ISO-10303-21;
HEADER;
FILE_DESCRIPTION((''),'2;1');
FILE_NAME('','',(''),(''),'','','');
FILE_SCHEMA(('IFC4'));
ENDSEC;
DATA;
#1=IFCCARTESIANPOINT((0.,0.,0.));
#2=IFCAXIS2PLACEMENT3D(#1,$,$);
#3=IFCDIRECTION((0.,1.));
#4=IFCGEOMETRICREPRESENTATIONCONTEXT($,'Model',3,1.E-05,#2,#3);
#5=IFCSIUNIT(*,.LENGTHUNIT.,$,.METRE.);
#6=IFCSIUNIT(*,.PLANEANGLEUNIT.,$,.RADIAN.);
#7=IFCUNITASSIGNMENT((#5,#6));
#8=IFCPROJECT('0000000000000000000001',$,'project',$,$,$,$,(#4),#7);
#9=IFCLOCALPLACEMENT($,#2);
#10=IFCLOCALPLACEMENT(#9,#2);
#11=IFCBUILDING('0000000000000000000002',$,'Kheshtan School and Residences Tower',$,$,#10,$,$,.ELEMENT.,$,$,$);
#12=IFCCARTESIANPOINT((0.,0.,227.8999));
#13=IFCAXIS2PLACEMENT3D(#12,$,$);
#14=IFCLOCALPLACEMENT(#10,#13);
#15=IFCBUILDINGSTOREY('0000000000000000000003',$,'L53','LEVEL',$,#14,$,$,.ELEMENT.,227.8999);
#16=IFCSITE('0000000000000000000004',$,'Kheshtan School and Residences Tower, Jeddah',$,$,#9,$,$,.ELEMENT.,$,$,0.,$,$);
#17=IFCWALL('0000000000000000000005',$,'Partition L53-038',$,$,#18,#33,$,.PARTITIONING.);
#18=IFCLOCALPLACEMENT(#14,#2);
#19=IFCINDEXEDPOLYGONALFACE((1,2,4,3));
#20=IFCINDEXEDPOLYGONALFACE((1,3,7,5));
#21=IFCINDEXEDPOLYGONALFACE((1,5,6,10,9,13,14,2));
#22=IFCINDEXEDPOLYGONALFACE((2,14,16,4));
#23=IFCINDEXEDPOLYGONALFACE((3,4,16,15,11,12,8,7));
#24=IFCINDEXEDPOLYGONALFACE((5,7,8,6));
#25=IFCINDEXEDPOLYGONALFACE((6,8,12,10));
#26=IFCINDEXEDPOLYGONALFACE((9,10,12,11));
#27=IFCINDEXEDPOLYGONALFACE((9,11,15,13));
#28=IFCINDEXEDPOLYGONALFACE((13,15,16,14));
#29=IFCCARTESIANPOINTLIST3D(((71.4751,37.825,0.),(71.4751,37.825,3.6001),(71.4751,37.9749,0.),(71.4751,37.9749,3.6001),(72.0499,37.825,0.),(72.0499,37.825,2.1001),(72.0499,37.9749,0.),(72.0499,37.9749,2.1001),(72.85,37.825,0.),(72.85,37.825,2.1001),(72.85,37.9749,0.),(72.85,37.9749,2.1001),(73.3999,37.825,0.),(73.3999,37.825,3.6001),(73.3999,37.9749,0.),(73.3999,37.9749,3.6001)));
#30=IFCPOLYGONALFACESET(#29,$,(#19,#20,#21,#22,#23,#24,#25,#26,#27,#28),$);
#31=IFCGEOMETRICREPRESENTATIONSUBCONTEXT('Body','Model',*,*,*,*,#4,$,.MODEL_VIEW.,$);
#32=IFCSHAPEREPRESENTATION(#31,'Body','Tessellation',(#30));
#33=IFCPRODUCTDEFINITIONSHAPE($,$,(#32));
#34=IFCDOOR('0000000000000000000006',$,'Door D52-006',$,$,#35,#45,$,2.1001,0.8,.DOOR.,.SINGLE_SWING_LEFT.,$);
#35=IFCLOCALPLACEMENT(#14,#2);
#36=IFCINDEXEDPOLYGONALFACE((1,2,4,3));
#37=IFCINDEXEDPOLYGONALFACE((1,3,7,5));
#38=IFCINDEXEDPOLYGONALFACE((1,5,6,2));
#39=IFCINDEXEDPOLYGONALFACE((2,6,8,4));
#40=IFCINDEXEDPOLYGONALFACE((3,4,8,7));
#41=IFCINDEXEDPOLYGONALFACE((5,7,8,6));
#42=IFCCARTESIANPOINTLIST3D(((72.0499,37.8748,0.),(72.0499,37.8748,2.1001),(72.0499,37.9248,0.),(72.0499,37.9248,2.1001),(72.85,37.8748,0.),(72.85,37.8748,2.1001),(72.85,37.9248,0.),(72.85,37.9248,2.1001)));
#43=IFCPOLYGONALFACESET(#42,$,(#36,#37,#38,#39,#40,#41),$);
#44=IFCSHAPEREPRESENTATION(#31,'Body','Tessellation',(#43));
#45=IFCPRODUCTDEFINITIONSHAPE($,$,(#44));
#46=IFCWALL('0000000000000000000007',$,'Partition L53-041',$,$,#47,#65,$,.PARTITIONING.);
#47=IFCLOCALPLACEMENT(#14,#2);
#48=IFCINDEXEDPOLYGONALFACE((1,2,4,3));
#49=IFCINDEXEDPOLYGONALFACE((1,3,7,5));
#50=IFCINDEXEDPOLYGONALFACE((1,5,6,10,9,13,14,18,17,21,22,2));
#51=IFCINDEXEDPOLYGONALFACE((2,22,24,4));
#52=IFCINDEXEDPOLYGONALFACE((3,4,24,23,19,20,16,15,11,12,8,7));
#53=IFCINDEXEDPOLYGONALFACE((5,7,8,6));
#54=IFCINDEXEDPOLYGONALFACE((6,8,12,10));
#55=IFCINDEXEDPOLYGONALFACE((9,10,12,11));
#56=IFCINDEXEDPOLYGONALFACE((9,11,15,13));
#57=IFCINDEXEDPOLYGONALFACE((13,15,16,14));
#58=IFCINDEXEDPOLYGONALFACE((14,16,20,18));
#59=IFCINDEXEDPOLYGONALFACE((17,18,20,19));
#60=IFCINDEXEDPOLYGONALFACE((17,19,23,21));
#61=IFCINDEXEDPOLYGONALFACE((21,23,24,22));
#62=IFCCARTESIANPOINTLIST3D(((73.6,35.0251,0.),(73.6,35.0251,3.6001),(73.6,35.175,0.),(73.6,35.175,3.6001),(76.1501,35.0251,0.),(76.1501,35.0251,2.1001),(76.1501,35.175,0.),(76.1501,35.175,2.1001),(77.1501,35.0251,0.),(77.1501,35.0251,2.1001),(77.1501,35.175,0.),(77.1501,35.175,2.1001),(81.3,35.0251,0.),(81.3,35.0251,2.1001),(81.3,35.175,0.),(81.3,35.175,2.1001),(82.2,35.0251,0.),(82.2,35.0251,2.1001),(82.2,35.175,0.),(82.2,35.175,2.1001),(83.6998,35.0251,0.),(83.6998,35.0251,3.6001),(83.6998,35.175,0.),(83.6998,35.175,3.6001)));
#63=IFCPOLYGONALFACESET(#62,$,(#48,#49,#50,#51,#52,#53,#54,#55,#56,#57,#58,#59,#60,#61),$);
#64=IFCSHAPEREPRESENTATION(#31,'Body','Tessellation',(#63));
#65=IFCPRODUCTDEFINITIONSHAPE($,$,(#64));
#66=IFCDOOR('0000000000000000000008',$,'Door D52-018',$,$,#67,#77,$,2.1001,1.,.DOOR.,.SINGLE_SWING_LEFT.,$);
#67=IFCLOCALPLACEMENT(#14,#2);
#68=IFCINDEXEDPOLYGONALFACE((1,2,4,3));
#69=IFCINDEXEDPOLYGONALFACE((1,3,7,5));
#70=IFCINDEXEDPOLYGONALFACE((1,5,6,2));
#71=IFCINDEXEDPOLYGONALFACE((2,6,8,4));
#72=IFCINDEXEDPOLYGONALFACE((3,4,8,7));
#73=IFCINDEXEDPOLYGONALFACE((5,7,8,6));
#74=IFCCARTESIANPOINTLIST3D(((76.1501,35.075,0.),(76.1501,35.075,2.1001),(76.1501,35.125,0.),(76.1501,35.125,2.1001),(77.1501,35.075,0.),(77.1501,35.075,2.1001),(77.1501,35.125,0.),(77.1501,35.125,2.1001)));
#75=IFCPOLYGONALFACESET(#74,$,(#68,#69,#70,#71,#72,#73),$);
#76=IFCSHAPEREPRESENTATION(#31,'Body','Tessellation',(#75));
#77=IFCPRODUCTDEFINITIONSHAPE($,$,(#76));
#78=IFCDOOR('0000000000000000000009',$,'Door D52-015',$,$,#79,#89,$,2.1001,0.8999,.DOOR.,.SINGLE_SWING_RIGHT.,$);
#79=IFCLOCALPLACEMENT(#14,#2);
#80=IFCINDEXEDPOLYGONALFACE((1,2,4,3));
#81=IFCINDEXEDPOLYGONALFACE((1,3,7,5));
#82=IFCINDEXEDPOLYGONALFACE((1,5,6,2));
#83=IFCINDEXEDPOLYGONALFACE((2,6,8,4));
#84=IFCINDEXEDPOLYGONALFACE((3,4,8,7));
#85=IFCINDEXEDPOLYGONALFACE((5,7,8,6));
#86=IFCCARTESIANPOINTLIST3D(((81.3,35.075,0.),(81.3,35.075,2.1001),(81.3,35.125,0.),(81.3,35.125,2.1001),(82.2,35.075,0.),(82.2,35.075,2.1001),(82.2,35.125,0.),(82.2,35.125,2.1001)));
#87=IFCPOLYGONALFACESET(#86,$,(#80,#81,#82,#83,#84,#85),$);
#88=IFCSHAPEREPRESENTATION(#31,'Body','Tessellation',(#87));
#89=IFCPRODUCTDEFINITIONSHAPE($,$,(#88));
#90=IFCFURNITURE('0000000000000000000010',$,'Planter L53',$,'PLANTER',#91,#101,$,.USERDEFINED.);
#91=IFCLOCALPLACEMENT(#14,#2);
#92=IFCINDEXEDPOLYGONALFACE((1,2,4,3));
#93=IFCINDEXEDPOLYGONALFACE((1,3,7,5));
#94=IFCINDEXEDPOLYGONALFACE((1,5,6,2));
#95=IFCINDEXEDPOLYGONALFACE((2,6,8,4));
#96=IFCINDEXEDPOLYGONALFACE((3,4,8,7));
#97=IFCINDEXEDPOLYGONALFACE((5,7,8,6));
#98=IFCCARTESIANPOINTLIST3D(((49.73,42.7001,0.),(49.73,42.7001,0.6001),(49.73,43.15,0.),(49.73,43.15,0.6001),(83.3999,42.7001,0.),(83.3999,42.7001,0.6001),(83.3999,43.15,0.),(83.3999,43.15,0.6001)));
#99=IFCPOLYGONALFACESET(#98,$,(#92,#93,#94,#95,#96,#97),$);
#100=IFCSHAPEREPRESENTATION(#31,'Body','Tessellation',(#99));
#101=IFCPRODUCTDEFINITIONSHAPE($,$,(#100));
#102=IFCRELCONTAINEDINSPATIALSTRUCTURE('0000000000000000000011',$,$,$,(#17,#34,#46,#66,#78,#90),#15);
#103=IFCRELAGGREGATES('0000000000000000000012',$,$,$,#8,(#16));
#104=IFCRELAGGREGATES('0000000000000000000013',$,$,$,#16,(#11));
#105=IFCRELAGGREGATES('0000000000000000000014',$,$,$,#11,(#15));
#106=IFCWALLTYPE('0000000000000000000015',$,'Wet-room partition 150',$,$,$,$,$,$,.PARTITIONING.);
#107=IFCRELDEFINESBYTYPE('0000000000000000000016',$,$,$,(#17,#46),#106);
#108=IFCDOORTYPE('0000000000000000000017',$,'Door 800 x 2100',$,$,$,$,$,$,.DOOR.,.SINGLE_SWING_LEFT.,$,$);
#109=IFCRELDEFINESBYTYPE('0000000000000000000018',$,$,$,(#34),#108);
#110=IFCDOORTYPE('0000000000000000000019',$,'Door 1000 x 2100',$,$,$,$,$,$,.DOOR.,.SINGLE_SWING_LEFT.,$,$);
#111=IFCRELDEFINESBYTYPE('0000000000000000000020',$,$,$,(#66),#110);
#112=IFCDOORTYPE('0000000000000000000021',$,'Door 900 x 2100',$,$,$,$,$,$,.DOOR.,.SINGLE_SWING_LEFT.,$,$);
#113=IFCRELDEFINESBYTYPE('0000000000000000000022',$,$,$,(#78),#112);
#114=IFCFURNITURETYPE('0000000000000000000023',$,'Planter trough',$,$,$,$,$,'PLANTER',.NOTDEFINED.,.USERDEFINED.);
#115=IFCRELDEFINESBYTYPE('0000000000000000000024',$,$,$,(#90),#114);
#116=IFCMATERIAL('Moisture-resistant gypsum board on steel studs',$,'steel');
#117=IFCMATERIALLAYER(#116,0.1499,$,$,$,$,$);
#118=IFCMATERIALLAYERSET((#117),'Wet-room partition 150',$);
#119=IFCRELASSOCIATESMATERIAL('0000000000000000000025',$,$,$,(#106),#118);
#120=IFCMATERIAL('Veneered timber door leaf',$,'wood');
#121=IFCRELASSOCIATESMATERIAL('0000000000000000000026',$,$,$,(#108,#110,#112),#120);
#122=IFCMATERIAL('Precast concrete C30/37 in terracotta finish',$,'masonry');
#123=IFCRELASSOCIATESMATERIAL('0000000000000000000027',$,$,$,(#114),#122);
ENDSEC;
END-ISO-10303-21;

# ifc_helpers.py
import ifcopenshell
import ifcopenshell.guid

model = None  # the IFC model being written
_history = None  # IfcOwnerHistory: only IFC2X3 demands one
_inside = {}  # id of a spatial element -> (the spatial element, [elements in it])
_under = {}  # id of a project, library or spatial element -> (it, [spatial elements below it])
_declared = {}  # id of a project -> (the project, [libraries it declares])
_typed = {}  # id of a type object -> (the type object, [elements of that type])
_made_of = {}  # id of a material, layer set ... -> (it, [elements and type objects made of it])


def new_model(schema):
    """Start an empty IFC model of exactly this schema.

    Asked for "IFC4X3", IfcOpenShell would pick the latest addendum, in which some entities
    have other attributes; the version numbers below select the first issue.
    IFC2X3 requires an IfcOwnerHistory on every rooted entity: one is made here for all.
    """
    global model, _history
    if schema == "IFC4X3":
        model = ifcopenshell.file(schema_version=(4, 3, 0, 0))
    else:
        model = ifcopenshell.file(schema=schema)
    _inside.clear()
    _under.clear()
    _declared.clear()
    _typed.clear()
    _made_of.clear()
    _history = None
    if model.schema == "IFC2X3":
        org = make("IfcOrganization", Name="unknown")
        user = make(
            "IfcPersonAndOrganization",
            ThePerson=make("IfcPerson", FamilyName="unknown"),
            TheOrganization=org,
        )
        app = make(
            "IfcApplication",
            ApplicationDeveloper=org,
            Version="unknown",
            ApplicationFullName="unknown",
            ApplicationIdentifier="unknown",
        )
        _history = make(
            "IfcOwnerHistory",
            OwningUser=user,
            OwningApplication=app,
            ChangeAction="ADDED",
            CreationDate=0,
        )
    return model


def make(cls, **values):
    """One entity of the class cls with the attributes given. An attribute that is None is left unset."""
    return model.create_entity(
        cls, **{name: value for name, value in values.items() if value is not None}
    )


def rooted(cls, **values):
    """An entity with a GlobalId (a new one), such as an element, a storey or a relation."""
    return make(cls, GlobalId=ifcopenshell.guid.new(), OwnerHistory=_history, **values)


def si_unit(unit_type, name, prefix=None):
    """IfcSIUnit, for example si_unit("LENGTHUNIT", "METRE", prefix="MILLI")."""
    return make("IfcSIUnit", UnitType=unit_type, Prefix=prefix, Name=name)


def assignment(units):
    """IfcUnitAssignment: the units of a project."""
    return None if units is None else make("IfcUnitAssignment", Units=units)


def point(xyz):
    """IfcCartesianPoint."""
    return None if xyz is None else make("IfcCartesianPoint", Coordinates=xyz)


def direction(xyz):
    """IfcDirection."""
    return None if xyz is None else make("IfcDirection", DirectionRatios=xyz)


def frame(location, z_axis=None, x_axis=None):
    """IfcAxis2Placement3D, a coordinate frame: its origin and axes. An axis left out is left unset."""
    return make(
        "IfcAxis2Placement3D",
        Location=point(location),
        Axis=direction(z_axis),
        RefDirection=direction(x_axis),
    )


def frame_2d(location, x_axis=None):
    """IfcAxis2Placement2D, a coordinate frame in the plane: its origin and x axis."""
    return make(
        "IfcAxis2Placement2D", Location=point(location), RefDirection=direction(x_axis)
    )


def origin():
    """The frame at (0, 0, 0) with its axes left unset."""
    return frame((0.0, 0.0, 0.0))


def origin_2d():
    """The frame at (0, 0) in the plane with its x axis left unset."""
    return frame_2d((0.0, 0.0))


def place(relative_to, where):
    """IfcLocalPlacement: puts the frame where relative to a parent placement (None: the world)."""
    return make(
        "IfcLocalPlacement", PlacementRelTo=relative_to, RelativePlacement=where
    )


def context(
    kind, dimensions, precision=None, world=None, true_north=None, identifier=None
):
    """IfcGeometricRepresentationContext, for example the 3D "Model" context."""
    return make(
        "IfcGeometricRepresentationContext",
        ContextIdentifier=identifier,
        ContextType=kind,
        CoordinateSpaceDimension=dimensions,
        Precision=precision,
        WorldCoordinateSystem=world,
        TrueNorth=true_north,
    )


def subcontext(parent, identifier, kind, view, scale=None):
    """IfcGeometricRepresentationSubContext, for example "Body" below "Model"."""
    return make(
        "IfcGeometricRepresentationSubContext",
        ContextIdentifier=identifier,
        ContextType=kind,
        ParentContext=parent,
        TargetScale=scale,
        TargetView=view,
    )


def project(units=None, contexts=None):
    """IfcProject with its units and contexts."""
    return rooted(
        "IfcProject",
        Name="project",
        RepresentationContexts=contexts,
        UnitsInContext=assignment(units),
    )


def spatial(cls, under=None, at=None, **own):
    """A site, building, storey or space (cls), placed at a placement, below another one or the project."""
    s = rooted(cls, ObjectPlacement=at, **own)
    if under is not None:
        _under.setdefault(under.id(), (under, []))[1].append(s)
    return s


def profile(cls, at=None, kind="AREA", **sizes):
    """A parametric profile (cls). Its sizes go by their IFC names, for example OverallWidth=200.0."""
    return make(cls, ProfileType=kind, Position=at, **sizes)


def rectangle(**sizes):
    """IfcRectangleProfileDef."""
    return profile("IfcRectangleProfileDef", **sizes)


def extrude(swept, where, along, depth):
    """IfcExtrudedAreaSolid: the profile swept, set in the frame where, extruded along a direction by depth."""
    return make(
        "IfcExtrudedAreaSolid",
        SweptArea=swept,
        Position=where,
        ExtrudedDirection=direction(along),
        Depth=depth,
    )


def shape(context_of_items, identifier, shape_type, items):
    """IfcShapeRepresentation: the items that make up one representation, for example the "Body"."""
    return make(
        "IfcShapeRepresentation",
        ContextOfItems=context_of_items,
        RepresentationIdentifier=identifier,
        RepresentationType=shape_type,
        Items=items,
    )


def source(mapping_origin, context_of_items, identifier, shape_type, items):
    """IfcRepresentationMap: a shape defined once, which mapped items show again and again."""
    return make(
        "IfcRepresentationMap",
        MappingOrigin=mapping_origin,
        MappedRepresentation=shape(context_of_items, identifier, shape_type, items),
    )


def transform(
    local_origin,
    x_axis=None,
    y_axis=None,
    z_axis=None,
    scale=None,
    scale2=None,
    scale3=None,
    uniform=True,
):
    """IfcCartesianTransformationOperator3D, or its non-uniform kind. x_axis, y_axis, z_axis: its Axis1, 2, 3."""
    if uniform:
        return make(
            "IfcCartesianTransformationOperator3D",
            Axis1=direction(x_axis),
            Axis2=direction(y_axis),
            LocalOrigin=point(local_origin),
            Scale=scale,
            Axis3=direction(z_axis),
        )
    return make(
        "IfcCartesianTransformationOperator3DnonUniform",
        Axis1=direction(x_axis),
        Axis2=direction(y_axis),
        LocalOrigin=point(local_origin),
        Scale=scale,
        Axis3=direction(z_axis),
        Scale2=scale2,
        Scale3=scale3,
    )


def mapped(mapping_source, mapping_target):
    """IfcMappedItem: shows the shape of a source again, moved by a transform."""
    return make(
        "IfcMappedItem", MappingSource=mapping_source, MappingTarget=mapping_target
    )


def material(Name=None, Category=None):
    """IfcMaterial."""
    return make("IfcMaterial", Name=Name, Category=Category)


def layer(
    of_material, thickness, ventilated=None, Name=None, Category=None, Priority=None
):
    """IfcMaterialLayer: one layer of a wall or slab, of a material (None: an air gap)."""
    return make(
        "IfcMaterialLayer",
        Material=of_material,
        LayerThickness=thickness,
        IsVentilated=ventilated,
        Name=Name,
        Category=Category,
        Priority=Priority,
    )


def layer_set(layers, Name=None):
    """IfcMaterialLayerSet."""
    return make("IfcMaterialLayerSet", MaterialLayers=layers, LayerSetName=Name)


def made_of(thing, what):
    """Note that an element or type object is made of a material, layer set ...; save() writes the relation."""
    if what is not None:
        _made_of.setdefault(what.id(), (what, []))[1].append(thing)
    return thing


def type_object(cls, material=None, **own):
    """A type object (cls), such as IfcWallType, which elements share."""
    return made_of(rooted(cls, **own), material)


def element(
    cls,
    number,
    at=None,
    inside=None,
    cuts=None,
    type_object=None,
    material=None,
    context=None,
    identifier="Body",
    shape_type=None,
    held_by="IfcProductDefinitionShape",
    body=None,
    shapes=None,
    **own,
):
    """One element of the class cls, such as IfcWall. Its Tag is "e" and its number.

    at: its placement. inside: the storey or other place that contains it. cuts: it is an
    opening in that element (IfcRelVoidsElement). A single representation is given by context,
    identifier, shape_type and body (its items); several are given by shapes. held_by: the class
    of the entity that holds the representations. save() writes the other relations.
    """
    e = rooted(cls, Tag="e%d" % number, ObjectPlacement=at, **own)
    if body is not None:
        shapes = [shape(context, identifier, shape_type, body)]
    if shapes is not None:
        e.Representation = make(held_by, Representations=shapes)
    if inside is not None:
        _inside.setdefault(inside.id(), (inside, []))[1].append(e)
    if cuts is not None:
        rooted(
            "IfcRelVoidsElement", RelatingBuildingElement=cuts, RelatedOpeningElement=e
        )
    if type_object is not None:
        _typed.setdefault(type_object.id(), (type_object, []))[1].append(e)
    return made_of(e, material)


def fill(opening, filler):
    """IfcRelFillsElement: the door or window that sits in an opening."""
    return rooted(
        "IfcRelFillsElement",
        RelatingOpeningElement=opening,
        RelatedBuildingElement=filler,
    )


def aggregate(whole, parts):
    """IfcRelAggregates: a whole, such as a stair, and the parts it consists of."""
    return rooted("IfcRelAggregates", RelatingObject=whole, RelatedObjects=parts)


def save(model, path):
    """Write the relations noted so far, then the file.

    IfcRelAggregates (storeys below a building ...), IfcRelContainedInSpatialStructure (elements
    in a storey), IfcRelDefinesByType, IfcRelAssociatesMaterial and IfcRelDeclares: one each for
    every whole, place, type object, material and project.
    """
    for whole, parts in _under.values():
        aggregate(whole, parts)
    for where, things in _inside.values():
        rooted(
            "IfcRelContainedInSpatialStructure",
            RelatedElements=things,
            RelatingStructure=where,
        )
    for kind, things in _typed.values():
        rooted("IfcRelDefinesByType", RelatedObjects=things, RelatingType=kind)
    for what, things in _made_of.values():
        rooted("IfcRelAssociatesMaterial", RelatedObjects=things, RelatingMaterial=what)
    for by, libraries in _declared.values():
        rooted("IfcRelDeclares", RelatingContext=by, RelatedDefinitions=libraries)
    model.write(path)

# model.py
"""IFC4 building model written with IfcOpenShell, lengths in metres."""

from ifc_helpers import new_model, si_unit, direction, frame, frame_2d, origin, origin_2d, place, context, subcontext, project, spatial, rectangle, extrude, source, transform, mapped, material, layer, layer_set, type_object, element, fill, save


model = new_model("IFC4")

# Units and contexts
model_context = context("Model", 3, precision=1e-05, world=origin(), true_north=direction((0.0, 1.0)))
body_context = subcontext(model_context, "Body", "Model", "MODEL_VIEW")
ifc_project = project(units=[si_unit("LENGTHUNIT", "METRE"), si_unit("PLANEANGLEUNIT", "RADIAN")], contexts=[model_context])

# Site, building, storey
site_placement = place(None, origin())
site = spatial("IfcSite", under=ifc_project, at=site_placement, Name="Kheshtan School and Residences Tower, Jeddah", CompositionType="ELEMENT", RefElevation=0.0)
building_placement = place(site_placement, origin())
building = spatial("IfcBuilding", under=site, at=building_placement, Name="Kheshtan School and Residences Tower", CompositionType="ELEMENT")
storey_placement = place(building_placement, frame((0.0, 0.0, 227.8999)))
storey = spatial("IfcBuildingStorey", under=building, at=storey_placement, Name="L53", Description="LEVEL", CompositionType="ELEMENT", Elevation=227.8999)

# Shared definitions
ifc_material_1 = material(Name="Moisture-resistant gypsum board on steel studs", Category="steel")
ifc_layer_1 = layer(ifc_material_1, 0.1499)
ifc_layer_set_1 = layer_set([ifc_layer_1], Name="Wet-room partition 150")
wall_type_1 = type_object("IfcWallType", Name="Wet-room partition 150", PredefinedType="PARTITIONING", material=ifc_layer_set_1)

# Wall, opening, door
wall_1_placement = place(storey_placement, frame((71.4751, 37.8999, 0.0), z_axis=(0.0, 0.0, 1.0), x_axis=(1.0, 0.0, 0.0)))
wall_1 = element("IfcWall", 1, at=wall_1_placement, inside=storey, type_object=wall_type_1, Name="Partition L53-038", PredefinedType="PARTITIONING", context=body_context, shape_type="SweptSolid", body=[
    extrude(rectangle(XDim=1.9248, YDim=0.1499, at=frame_2d((0.9624, 0.0))), origin(), (0.0, 0.0, 1.0), 3.6001),
])
opening_1_placement = place(wall_1_placement, frame((0.575, 0.0, 0.0)))
opening_1 = element("IfcOpeningElement", 2, at=opening_1_placement, cuts=wall_1, PredefinedType="OPENING", context=body_context, shape_type="SweptSolid", body=[
    extrude(rectangle(XDim=0.8, YDim=2.1001, at=frame_2d((0.3999, 1.05))), frame((0.0, 0.085, 0.0), z_axis=(0.0, -1.0, 0.0), x_axis=(1.0, 0.0, 0.0)), (0.0, 0.0, 1.0), 0.1699),
])
ifc_material_2 = material(Name="Veneered timber door leaf", Category="wood")
door_type_1 = type_object("IfcDoorType", Name="Door 800 x 2100", OperationType="SINGLE_SWING_LEFT", PredefinedType="DOOR", material=ifc_material_2)
shared_shape_1 = source(origin(), body_context, "Body", "SweptSolid", [
    extrude(rectangle(XDim=0.8, YDim=2.1001, at=frame_2d((0.3999, 1.05))), frame((0.0, 0.0249, 0.0), z_axis=(0.0, -1.0, 0.0), x_axis=(1.0, 0.0, 0.0)), (0.0, 0.0, 1.0), 0.05),
])
door_1_placement = place(opening_1_placement, origin())
door_1 = element("IfcDoor", 3, at=door_1_placement, inside=storey, type_object=door_type_1, Name="Door D52-006", OperationType="SINGLE_SWING_LEFT", OverallHeight=2.1001, OverallWidth=0.8, PredefinedType="DOOR", context=body_context, shape_type="MappedRepresentation", body=[
    mapped(shared_shape_1, transform((0.0, 0.0, 0.0), x_axis=(1.0, 0.0, 0.0), y_axis=(0.0, 1.0, 0.0), z_axis=(0.0, 0.0, 1.0), scale=1.0)),
])
fill(opening_1, door_1)

# Wall, openings, doors
wall_2_placement = place(storey_placement, frame((73.6001, 35.1001, 0.0), z_axis=(0.0, 0.0, 1.0), x_axis=(1.0, 0.0, 0.0)))
wall_2 = element("IfcWall", 4, at=wall_2_placement, inside=storey, type_object=wall_type_1, Name="Partition L53-041", PredefinedType="PARTITIONING", context=body_context, shape_type="SweptSolid", body=[
    extrude(rectangle(XDim=10.0999, YDim=0.1499, at=frame_2d((5.0498, 0.0))), origin(), (0.0, 0.0, 1.0), 3.6001),
])
opening_2_placement = place(wall_2_placement, frame((7.7, 0.0, 0.0)))
opening_2 = element("IfcOpeningElement", 5, at=opening_2_placement, cuts=wall_2, PredefinedType="OPENING", context=body_context, shape_type="SweptSolid", body=[
    extrude(rectangle(XDim=0.8999, YDim=2.1001, at=frame_2d((0.45, 1.05))), frame((0.0, 0.085, 0.0), z_axis=(0.0, -1.0, 0.0), x_axis=(1.0, 0.0, 0.0)), (0.0, 0.0, 1.0), 0.1699),
])
opening_3_placement = place(wall_2_placement, frame((2.55, 0.0, 0.0)))
opening_3 = element("IfcOpeningElement", 6, at=opening_3_placement, cuts=wall_2, PredefinedType="OPENING", context=body_context, shape_type="SweptSolid", body=[
    extrude(rectangle(XDim=1.0, YDim=2.1001, at=frame_2d((0.5, 1.05))), frame((0.0, 0.085, 0.0), z_axis=(0.0, -1.0, 0.0), x_axis=(1.0, 0.0, 0.0)), (0.0, 0.0, 1.0), 0.1699),
])
door_type_2 = type_object("IfcDoorType", Name="Door 1000 x 2100", OperationType="SINGLE_SWING_LEFT", PredefinedType="DOOR", material=ifc_material_2)
shared_shape_2 = source(origin(), body_context, "Body", "SweptSolid", [
    extrude(rectangle(XDim=1.0, YDim=2.1001, at=frame_2d((0.5, 1.05))), frame((0.0, 0.0249, 0.0), z_axis=(0.0, -1.0, 0.0), x_axis=(1.0, 0.0, 0.0)), (0.0, 0.0, 1.0), 0.05),
])
door_2_placement = place(opening_3_placement, origin())
door_2 = element("IfcDoor", 7, at=door_2_placement, inside=storey, type_object=door_type_2, Name="Door D52-018", OperationType="SINGLE_SWING_LEFT", OverallHeight=2.1001, OverallWidth=1.0, PredefinedType="DOOR", context=body_context, shape_type="MappedRepresentation", body=[
    mapped(shared_shape_2, transform((0.0, 0.0, 0.0), x_axis=(1.0, 0.0, 0.0), y_axis=(0.0, 1.0, 0.0), z_axis=(0.0, 0.0, 1.0), scale=1.0)),
])
fill(opening_3, door_2)
door_type_3 = type_object("IfcDoorType", Name="Door 900 x 2100", OperationType="SINGLE_SWING_LEFT", PredefinedType="DOOR", material=ifc_material_2)
shared_shape_3 = source(origin(), body_context, "Body", "SweptSolid", [
    extrude(rectangle(XDim=0.8999, YDim=2.1001, at=frame_2d((0.45, 1.05))), frame((0.0, 0.0249, 0.0), z_axis=(0.0, -1.0, 0.0), x_axis=(1.0, 0.0, 0.0)), (0.0, 0.0, 1.0), 0.05),
])
door_3_placement = place(opening_2_placement, origin())
door_3 = element("IfcDoor", 8, at=door_3_placement, inside=storey, type_object=door_type_3, Name="Door D52-015", OperationType="SINGLE_SWING_RIGHT", OverallHeight=2.1001, OverallWidth=0.8999, PredefinedType="DOOR", context=body_context, shape_type="MappedRepresentation", body=[
    mapped(shared_shape_3, transform((0.0, 0.0, 0.0), x_axis=(1.0, 0.0, 0.0), y_axis=(0.0, 1.0, 0.0), z_axis=(0.0, 0.0, 1.0), scale=1.0)),
])
fill(opening_2, door_3)

# Furniture
ifc_material_3 = material(Name="Precast concrete C30/37 in terracotta finish", Category="masonry")
furniture_type = type_object("IfcFurnitureType", Name="Planter trough", ElementType="PLANTER", AssemblyPlace="NOTDEFINED", PredefinedType="USERDEFINED", material=ifc_material_3)
furniture_placement = place(storey_placement, frame((66.5649, 42.925, 0.0), z_axis=(0.0, 0.0, 1.0), x_axis=(1.0, 0.0, 0.0)))
element("IfcFurniture", 9, at=furniture_placement, inside=storey, type_object=furniture_type, Name="Planter L53", ObjectType="PLANTER", PredefinedType="USERDEFINED", context=body_context, shape_type="SweptSolid", body=[
    extrude(rectangle(XDim=33.6699, YDim=0.45, at=origin_2d()), origin(), (0.0, 0.0, 1.0), 0.6001),
])

save(model, "model.ifc")
